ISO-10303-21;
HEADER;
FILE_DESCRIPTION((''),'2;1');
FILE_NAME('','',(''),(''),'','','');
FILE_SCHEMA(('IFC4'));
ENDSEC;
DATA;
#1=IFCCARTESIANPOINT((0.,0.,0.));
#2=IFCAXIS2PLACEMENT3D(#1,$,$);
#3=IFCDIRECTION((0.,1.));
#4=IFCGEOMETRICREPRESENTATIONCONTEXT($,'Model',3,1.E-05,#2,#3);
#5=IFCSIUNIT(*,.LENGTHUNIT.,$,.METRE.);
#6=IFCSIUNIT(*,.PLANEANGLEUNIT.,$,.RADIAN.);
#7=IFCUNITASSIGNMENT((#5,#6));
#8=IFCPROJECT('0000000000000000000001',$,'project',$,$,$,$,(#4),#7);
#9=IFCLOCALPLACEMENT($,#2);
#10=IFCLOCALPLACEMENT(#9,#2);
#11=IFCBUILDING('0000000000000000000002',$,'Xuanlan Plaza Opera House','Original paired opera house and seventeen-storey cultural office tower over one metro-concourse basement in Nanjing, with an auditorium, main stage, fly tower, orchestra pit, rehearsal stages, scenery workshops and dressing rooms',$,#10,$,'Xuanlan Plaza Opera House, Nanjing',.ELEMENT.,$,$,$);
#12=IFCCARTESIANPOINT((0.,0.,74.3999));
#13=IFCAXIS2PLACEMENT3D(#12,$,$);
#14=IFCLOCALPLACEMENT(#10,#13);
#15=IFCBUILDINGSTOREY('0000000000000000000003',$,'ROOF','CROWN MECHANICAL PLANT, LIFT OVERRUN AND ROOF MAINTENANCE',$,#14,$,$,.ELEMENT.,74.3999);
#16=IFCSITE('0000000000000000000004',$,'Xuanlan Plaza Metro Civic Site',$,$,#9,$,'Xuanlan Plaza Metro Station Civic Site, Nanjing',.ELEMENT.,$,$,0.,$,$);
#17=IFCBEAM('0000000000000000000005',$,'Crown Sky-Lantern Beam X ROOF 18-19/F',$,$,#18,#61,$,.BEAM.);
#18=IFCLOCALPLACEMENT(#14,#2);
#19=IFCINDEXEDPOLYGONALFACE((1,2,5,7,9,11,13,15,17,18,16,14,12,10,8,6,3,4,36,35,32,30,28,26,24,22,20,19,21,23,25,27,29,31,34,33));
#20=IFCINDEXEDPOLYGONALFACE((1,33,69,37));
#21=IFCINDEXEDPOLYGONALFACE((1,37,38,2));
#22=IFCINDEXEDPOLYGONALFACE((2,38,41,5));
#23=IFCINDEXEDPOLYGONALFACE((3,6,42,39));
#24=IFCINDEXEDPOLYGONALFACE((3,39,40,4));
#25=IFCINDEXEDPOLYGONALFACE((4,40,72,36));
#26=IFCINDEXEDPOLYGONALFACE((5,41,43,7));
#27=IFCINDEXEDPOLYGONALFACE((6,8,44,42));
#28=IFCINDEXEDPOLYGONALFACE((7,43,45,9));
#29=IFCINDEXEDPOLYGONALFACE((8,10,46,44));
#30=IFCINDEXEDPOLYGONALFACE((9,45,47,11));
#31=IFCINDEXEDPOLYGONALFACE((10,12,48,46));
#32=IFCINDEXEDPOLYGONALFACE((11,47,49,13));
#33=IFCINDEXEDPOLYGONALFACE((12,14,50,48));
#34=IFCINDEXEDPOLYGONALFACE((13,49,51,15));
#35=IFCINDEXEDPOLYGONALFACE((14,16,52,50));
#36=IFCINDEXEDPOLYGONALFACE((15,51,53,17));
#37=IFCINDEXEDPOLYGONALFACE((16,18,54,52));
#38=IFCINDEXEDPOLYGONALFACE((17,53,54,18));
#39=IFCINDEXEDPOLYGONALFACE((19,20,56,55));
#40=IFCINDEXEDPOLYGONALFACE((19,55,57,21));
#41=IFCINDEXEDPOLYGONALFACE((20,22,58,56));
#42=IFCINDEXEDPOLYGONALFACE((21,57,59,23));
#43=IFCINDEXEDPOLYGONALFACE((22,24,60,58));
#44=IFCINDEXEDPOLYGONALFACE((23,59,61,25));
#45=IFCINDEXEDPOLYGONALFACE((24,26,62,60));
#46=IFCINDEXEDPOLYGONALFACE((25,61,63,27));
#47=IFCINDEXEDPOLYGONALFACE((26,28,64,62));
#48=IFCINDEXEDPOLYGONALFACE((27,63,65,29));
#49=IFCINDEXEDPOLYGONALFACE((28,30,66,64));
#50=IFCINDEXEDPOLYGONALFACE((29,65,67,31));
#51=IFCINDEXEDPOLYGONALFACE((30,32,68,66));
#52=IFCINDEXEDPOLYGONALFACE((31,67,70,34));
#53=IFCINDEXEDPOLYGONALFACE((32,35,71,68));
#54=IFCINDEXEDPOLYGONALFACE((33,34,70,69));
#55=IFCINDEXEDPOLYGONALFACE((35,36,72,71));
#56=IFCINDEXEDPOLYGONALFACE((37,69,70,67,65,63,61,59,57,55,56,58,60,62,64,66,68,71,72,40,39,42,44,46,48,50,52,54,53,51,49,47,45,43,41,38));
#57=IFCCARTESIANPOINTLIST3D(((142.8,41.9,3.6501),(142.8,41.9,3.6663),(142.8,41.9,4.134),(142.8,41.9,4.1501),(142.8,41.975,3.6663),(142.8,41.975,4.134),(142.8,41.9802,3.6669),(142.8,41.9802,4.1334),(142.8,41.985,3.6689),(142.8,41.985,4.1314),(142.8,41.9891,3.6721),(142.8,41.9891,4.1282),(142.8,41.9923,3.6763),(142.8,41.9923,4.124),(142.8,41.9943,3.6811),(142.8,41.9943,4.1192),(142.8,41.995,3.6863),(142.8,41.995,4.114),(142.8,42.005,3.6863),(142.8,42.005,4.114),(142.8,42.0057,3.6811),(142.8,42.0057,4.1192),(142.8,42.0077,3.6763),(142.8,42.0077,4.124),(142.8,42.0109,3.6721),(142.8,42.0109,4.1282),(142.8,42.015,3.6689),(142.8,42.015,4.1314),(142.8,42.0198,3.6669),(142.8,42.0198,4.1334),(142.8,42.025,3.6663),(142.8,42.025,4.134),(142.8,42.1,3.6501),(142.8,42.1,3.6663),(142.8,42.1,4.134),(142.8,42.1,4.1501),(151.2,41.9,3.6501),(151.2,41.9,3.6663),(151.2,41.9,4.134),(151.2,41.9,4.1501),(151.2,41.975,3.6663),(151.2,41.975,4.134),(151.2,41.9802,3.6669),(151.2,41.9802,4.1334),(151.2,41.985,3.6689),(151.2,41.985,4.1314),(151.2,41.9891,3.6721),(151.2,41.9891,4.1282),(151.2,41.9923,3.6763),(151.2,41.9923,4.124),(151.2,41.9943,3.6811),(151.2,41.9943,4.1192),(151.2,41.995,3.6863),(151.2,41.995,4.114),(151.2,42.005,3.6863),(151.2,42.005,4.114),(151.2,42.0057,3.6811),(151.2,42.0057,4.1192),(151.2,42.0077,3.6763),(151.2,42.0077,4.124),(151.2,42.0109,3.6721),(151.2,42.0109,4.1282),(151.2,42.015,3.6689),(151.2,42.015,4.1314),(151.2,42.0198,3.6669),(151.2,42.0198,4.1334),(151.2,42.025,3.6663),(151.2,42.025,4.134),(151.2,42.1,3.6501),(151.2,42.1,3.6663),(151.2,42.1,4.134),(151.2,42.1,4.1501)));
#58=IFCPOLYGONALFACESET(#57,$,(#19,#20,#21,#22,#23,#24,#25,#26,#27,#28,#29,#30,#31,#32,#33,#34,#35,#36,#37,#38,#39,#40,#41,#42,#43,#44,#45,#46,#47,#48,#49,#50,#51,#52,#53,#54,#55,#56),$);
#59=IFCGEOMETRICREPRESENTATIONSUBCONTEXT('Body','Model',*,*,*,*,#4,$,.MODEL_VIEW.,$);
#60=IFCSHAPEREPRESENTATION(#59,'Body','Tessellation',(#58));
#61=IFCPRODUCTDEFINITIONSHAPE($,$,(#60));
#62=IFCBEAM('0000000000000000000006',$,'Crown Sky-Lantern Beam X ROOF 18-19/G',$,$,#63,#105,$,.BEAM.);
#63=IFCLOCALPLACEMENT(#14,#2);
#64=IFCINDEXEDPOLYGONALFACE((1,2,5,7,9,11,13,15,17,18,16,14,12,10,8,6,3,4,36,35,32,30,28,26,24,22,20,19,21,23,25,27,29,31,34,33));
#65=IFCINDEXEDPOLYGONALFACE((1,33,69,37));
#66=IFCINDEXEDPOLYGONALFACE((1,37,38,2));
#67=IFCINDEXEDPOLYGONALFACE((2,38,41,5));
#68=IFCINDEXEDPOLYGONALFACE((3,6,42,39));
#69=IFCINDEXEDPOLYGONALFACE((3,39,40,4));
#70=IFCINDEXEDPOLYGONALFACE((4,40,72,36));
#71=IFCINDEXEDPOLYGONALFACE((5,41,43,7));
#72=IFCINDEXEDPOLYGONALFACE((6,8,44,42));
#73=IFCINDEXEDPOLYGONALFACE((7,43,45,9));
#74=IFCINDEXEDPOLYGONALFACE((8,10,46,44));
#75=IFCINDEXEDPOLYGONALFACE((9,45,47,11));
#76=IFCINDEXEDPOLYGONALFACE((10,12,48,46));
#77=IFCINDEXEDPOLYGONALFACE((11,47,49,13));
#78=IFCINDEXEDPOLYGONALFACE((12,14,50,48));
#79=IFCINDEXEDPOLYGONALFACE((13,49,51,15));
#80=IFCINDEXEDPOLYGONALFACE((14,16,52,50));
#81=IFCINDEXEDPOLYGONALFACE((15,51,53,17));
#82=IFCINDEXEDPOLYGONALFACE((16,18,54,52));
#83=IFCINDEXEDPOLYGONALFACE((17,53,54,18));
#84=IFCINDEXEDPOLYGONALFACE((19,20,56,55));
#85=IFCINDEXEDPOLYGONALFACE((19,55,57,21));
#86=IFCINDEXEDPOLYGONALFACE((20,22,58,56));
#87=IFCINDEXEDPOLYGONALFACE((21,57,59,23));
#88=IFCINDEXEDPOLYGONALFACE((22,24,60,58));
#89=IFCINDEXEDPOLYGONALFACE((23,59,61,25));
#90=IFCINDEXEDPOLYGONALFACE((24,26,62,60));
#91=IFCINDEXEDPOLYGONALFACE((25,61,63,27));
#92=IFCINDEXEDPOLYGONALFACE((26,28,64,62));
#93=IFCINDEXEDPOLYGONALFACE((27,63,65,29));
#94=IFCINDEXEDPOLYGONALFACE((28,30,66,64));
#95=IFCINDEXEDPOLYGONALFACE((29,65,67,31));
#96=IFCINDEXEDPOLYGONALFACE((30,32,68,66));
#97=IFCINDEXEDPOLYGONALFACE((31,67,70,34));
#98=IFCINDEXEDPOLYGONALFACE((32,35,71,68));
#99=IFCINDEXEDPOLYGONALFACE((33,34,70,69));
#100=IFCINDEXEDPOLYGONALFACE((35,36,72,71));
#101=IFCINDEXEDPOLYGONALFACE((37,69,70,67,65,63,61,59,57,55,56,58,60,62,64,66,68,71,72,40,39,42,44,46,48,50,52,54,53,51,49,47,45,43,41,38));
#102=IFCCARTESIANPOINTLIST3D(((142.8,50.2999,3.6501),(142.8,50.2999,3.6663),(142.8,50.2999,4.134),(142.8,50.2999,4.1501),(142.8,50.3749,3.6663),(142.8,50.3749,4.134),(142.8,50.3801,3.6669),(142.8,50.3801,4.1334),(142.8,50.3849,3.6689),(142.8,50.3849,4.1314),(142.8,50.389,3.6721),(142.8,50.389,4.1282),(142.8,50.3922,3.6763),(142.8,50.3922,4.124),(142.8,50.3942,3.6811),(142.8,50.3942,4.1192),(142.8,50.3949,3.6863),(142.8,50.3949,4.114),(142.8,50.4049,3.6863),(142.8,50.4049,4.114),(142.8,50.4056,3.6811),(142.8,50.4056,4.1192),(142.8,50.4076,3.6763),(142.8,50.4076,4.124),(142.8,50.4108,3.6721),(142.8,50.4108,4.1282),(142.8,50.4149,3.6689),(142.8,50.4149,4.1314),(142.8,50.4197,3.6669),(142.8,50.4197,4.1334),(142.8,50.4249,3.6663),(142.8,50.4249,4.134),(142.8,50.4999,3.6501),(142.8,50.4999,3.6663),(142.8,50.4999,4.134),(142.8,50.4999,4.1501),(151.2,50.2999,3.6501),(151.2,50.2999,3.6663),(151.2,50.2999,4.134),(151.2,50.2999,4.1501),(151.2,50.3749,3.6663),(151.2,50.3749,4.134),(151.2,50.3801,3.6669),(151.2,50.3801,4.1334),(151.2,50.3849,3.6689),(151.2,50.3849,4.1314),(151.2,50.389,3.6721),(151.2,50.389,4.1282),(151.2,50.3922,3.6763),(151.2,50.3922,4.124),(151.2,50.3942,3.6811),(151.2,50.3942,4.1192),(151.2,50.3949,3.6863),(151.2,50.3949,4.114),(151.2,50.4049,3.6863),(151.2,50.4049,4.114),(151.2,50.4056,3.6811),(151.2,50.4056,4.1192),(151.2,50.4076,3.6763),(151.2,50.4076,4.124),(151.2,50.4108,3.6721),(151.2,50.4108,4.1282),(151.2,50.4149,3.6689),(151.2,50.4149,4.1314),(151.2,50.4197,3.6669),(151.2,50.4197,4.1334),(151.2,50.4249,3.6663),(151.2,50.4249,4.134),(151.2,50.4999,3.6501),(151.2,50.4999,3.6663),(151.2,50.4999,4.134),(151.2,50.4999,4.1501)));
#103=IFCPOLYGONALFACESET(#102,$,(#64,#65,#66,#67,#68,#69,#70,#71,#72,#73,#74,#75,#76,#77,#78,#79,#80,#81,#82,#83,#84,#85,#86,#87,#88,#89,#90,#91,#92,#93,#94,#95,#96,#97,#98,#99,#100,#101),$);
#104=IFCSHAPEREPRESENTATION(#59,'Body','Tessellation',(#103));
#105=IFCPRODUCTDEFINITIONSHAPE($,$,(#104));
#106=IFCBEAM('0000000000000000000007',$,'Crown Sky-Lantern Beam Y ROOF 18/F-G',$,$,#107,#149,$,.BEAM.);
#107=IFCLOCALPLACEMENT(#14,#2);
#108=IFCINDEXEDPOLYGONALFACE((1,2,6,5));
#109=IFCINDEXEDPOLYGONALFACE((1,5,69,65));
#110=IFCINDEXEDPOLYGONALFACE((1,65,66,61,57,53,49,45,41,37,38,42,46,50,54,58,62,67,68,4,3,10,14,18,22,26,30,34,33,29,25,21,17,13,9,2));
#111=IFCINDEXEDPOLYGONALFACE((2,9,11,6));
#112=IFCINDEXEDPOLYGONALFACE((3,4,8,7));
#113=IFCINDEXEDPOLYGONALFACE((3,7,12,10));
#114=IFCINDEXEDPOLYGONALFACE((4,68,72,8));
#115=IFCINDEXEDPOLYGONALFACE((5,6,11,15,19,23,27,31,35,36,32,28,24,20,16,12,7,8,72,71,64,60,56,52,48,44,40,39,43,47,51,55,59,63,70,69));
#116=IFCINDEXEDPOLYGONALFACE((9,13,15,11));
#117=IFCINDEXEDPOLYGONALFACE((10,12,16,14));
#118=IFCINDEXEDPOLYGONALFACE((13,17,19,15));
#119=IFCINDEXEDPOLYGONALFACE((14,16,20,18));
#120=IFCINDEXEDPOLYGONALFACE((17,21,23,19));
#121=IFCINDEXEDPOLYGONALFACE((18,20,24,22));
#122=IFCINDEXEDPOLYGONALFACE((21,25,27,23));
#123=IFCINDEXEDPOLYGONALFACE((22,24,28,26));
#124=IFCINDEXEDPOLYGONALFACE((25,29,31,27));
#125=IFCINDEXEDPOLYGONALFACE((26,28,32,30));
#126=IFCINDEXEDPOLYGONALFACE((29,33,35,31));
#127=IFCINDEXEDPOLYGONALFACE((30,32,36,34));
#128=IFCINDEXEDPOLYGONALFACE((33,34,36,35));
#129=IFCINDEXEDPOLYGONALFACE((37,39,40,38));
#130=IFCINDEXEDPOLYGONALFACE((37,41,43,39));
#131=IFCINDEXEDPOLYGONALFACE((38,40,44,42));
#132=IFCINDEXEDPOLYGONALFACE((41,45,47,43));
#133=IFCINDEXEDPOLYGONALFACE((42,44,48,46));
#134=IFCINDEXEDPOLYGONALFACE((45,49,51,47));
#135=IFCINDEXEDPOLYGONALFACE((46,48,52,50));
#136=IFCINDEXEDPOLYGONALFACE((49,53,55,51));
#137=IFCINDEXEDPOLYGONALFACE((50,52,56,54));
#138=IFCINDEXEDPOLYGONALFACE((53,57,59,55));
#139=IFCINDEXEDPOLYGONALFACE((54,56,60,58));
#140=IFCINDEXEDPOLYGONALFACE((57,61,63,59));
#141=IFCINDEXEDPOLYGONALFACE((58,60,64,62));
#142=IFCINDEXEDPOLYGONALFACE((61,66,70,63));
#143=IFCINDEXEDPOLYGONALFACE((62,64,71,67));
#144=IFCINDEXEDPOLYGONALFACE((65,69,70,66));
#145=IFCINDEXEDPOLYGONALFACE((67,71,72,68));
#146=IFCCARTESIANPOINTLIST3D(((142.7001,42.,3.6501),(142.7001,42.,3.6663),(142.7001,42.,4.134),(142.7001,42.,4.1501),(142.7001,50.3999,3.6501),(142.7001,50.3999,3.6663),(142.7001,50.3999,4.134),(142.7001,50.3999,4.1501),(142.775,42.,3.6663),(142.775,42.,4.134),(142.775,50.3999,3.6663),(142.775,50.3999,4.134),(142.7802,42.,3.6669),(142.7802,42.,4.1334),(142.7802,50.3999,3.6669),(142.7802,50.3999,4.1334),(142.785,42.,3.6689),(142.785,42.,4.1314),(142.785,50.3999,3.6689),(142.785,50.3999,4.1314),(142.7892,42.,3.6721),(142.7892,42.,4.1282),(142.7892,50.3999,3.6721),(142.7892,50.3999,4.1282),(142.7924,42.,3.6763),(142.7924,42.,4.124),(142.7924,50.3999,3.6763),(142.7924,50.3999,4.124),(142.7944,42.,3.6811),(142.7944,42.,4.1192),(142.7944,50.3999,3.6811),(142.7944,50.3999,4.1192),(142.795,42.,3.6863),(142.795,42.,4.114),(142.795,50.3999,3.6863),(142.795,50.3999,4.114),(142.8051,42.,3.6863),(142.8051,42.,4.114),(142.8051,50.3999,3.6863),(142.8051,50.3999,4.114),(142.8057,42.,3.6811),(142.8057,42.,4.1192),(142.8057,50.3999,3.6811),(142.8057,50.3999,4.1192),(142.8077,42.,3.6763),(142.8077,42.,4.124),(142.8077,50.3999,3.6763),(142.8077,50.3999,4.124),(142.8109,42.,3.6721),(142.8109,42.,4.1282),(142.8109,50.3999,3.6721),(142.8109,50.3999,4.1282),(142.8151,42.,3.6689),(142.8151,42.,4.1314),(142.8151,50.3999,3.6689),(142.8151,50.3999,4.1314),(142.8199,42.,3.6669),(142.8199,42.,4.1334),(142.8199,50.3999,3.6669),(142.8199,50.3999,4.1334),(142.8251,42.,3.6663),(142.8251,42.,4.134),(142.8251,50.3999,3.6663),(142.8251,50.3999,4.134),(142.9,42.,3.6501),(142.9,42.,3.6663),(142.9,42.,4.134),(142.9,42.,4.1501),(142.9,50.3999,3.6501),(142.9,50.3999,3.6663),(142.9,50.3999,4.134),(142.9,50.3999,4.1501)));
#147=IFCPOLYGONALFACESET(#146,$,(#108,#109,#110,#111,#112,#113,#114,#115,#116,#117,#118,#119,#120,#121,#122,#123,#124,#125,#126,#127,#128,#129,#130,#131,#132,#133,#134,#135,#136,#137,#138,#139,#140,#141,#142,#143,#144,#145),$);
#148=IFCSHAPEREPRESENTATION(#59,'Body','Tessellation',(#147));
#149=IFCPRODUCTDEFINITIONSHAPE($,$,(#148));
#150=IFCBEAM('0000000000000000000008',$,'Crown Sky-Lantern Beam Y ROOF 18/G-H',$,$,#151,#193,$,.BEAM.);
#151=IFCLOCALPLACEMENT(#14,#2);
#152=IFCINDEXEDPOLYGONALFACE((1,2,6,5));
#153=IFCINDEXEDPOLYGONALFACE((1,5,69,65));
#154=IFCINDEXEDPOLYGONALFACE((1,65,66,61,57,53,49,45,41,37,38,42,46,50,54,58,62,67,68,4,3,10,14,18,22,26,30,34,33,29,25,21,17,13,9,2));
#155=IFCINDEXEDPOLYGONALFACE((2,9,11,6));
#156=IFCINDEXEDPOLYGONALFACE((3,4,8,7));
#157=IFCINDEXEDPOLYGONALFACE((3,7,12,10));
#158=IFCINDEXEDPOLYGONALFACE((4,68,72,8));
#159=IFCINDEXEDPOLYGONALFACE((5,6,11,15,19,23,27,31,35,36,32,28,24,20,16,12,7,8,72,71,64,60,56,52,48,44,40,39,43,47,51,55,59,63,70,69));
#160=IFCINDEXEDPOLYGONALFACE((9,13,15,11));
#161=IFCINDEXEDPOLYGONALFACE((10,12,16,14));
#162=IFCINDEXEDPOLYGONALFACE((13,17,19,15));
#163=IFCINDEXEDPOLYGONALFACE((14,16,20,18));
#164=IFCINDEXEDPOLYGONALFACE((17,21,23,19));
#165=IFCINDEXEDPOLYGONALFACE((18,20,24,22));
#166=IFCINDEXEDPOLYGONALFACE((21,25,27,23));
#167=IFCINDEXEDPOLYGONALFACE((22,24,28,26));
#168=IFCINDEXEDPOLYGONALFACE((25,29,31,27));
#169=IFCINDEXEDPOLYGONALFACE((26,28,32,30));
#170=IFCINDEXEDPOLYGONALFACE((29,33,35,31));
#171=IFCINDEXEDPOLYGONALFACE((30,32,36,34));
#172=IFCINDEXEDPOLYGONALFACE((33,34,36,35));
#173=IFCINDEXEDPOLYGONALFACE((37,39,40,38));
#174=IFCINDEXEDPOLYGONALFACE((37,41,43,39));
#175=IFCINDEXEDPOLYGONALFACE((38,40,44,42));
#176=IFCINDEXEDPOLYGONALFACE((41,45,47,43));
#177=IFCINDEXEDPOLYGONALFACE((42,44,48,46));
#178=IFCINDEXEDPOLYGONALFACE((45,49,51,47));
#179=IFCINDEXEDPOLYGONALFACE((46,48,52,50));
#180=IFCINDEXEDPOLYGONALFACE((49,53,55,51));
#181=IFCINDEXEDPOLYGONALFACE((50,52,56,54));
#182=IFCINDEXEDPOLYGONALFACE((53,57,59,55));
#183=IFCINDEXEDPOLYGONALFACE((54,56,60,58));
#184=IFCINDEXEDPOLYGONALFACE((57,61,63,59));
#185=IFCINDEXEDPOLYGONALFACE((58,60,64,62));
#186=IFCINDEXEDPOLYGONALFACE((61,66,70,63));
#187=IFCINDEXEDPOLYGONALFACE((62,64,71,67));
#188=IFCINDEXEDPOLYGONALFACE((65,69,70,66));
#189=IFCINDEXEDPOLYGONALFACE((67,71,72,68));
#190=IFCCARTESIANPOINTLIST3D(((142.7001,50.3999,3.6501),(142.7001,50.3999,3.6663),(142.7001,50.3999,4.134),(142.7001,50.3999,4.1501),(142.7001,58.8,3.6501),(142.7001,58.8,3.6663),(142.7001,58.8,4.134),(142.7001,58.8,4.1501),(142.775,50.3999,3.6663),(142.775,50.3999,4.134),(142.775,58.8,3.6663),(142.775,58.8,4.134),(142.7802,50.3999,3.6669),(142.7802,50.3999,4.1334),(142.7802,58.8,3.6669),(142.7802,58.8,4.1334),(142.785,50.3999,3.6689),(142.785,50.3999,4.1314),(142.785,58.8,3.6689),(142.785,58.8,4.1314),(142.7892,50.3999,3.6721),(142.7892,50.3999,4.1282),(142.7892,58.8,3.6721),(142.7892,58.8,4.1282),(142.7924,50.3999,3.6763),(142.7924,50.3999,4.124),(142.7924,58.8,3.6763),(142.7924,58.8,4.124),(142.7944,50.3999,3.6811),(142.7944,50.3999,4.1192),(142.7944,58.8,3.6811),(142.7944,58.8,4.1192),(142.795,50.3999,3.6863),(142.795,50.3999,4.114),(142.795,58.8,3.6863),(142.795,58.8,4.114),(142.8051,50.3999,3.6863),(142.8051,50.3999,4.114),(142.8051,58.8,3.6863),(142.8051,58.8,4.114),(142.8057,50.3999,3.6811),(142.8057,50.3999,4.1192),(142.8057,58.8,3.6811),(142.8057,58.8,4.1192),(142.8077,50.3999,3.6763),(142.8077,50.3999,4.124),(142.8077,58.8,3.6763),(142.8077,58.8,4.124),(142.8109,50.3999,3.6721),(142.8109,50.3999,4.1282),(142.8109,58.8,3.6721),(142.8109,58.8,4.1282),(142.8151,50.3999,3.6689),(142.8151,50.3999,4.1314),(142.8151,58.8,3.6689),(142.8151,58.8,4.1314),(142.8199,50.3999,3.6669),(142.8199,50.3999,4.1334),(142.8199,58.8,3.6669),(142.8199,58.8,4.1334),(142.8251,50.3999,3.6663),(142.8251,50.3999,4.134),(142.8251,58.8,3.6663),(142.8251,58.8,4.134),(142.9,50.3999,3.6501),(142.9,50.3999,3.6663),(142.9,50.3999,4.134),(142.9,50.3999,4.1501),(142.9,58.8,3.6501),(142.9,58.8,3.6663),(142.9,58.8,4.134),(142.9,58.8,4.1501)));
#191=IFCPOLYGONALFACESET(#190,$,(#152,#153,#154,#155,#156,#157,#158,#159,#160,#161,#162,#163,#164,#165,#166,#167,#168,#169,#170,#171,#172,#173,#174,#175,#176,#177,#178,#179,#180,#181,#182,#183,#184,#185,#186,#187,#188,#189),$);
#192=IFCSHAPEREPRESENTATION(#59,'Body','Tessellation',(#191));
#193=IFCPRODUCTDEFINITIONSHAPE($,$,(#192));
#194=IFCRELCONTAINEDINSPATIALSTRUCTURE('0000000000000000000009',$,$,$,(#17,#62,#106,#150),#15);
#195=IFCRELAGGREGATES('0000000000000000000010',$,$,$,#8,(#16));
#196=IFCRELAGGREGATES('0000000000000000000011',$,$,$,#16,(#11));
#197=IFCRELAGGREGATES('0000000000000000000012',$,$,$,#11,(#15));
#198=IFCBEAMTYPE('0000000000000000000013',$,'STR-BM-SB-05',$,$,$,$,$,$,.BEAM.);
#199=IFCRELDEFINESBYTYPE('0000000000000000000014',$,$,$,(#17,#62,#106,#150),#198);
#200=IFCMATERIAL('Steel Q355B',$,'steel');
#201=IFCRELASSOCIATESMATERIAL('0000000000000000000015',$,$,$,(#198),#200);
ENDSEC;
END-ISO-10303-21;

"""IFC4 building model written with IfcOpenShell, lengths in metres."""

from ifc_helpers import new_model, si_unit, direction, frame, origin, origin_2d, place, context, subcontext, project, spatial, i_section, extrude, material, material_profile, profile_set, type_object, element, save


model = new_model("IFC4")

# Units and contexts
model_context = context("Model", 3, precision=1e-05, world=origin(), true_north=direction((0.0, 1.0)))
body_context = subcontext(model_context, "Body", "Model", "MODEL_VIEW")
ifc_project = project(units=[si_unit("LENGTHUNIT", "METRE"), si_unit("PLANEANGLEUNIT", "RADIAN")], contexts=[model_context])

# Site, building, storey
site_placement = place(None, origin())
site = spatial("IfcSite", under=ifc_project, at=site_placement, Name="Xuanlan Plaza Metro Civic Site", LongName="Xuanlan Plaza Metro Station Civic Site, Nanjing", CompositionType="ELEMENT", RefElevation=0.0)
building_placement = place(site_placement, origin())
building = spatial("IfcBuilding", under=site, at=building_placement, Name="Xuanlan Plaza Opera House", Description="Original paired opera house and seventeen-storey cultural office tower over one metro-concourse basement in Nanjing, with an auditorium, main stage, fly tower, orchestra pit, rehearsal stages, scenery workshops and dressing rooms", LongName="Xuanlan Plaza Opera House, Nanjing", CompositionType="ELEMENT")
storey_placement = place(building_placement, frame((0.0, 0.0, 74.3999)))
storey = spatial("IfcBuildingStorey", under=building, at=storey_placement, Name="ROOF", Description="CROWN MECHANICAL PLANT, LIFT OVERRUN AND ROOF MAINTENANCE", CompositionType="ELEMENT", Elevation=74.3999)

# Shared definitions
ifc_material_1 = material(Name="Steel Q355B", Category="steel")

# Beams
ifc_material_profile_1 = material_profile(ifc_material_1, i_section(OverallWidth=0.2, OverallDepth=0.5, WebThickness=0.01, FlangeThickness=0.0161, FilletRadius=0.02, at=origin_2d()), Name="HN 500x200x10x16")
ifc_profile_set_1 = profile_set([ifc_material_profile_1], Name="Steel Q355B")
beam_type = type_object("IfcBeamType", Name="STR-BM-SB-05", PredefinedType="BEAM", material=ifc_profile_set_1)
for number, where, z_axis, x_axis, name in (
    (1, (142.8, 42.0, 3.9001), (1.0, 0.0, 0.0), (0.0, 1.0, 0.0), "Crown Sky-Lantern Beam X ROOF 18-19/F"),
    (2, (142.8, 50.3999, 3.9001), (1.0, 0.0, 0.0), (0.0, 1.0, 0.0), "Crown Sky-Lantern Beam X ROOF 18-19/G"),
    (3, (142.8, 42.0, 3.9001), (0.0, 1.0, 0.0), (-1.0, 0.0, 0.0), "Crown Sky-Lantern Beam Y ROOF 18/F-G"),
):
    element("IfcBeam", number, at=place(storey_placement, frame(where, z_axis=z_axis, x_axis=x_axis)), inside=storey, type_object=beam_type, Name=name, PredefinedType="BEAM", context=body_context, shape_type="SweptSolid", body=[
        extrude(i_section(OverallWidth=0.2, OverallDepth=0.5, WebThickness=0.01, FlangeThickness=0.0161, FilletRadius=0.02, at=origin_2d()), origin(), (0.0, 0.0, 1.0), 8.3999),
    ])
beam_placement = place(storey_placement, frame((142.8, 50.3999, 3.9001), z_axis=(0.0, 1.0, 0.0), x_axis=(-1.0, 0.0, 0.0)))
element("IfcBeam", 4, at=beam_placement, inside=storey, type_object=beam_type, Name="Crown Sky-Lantern Beam Y ROOF 18/G-H", PredefinedType="BEAM", context=body_context, shape_type="SweptSolid", body=[
    extrude(i_section(OverallWidth=0.2, OverallDepth=0.5, WebThickness=0.01, FlangeThickness=0.0161, FilletRadius=0.02, at=origin_2d()), origin(), (0.0, 0.0, 1.0), 8.4001),
])

save(model, "model.ifc")
